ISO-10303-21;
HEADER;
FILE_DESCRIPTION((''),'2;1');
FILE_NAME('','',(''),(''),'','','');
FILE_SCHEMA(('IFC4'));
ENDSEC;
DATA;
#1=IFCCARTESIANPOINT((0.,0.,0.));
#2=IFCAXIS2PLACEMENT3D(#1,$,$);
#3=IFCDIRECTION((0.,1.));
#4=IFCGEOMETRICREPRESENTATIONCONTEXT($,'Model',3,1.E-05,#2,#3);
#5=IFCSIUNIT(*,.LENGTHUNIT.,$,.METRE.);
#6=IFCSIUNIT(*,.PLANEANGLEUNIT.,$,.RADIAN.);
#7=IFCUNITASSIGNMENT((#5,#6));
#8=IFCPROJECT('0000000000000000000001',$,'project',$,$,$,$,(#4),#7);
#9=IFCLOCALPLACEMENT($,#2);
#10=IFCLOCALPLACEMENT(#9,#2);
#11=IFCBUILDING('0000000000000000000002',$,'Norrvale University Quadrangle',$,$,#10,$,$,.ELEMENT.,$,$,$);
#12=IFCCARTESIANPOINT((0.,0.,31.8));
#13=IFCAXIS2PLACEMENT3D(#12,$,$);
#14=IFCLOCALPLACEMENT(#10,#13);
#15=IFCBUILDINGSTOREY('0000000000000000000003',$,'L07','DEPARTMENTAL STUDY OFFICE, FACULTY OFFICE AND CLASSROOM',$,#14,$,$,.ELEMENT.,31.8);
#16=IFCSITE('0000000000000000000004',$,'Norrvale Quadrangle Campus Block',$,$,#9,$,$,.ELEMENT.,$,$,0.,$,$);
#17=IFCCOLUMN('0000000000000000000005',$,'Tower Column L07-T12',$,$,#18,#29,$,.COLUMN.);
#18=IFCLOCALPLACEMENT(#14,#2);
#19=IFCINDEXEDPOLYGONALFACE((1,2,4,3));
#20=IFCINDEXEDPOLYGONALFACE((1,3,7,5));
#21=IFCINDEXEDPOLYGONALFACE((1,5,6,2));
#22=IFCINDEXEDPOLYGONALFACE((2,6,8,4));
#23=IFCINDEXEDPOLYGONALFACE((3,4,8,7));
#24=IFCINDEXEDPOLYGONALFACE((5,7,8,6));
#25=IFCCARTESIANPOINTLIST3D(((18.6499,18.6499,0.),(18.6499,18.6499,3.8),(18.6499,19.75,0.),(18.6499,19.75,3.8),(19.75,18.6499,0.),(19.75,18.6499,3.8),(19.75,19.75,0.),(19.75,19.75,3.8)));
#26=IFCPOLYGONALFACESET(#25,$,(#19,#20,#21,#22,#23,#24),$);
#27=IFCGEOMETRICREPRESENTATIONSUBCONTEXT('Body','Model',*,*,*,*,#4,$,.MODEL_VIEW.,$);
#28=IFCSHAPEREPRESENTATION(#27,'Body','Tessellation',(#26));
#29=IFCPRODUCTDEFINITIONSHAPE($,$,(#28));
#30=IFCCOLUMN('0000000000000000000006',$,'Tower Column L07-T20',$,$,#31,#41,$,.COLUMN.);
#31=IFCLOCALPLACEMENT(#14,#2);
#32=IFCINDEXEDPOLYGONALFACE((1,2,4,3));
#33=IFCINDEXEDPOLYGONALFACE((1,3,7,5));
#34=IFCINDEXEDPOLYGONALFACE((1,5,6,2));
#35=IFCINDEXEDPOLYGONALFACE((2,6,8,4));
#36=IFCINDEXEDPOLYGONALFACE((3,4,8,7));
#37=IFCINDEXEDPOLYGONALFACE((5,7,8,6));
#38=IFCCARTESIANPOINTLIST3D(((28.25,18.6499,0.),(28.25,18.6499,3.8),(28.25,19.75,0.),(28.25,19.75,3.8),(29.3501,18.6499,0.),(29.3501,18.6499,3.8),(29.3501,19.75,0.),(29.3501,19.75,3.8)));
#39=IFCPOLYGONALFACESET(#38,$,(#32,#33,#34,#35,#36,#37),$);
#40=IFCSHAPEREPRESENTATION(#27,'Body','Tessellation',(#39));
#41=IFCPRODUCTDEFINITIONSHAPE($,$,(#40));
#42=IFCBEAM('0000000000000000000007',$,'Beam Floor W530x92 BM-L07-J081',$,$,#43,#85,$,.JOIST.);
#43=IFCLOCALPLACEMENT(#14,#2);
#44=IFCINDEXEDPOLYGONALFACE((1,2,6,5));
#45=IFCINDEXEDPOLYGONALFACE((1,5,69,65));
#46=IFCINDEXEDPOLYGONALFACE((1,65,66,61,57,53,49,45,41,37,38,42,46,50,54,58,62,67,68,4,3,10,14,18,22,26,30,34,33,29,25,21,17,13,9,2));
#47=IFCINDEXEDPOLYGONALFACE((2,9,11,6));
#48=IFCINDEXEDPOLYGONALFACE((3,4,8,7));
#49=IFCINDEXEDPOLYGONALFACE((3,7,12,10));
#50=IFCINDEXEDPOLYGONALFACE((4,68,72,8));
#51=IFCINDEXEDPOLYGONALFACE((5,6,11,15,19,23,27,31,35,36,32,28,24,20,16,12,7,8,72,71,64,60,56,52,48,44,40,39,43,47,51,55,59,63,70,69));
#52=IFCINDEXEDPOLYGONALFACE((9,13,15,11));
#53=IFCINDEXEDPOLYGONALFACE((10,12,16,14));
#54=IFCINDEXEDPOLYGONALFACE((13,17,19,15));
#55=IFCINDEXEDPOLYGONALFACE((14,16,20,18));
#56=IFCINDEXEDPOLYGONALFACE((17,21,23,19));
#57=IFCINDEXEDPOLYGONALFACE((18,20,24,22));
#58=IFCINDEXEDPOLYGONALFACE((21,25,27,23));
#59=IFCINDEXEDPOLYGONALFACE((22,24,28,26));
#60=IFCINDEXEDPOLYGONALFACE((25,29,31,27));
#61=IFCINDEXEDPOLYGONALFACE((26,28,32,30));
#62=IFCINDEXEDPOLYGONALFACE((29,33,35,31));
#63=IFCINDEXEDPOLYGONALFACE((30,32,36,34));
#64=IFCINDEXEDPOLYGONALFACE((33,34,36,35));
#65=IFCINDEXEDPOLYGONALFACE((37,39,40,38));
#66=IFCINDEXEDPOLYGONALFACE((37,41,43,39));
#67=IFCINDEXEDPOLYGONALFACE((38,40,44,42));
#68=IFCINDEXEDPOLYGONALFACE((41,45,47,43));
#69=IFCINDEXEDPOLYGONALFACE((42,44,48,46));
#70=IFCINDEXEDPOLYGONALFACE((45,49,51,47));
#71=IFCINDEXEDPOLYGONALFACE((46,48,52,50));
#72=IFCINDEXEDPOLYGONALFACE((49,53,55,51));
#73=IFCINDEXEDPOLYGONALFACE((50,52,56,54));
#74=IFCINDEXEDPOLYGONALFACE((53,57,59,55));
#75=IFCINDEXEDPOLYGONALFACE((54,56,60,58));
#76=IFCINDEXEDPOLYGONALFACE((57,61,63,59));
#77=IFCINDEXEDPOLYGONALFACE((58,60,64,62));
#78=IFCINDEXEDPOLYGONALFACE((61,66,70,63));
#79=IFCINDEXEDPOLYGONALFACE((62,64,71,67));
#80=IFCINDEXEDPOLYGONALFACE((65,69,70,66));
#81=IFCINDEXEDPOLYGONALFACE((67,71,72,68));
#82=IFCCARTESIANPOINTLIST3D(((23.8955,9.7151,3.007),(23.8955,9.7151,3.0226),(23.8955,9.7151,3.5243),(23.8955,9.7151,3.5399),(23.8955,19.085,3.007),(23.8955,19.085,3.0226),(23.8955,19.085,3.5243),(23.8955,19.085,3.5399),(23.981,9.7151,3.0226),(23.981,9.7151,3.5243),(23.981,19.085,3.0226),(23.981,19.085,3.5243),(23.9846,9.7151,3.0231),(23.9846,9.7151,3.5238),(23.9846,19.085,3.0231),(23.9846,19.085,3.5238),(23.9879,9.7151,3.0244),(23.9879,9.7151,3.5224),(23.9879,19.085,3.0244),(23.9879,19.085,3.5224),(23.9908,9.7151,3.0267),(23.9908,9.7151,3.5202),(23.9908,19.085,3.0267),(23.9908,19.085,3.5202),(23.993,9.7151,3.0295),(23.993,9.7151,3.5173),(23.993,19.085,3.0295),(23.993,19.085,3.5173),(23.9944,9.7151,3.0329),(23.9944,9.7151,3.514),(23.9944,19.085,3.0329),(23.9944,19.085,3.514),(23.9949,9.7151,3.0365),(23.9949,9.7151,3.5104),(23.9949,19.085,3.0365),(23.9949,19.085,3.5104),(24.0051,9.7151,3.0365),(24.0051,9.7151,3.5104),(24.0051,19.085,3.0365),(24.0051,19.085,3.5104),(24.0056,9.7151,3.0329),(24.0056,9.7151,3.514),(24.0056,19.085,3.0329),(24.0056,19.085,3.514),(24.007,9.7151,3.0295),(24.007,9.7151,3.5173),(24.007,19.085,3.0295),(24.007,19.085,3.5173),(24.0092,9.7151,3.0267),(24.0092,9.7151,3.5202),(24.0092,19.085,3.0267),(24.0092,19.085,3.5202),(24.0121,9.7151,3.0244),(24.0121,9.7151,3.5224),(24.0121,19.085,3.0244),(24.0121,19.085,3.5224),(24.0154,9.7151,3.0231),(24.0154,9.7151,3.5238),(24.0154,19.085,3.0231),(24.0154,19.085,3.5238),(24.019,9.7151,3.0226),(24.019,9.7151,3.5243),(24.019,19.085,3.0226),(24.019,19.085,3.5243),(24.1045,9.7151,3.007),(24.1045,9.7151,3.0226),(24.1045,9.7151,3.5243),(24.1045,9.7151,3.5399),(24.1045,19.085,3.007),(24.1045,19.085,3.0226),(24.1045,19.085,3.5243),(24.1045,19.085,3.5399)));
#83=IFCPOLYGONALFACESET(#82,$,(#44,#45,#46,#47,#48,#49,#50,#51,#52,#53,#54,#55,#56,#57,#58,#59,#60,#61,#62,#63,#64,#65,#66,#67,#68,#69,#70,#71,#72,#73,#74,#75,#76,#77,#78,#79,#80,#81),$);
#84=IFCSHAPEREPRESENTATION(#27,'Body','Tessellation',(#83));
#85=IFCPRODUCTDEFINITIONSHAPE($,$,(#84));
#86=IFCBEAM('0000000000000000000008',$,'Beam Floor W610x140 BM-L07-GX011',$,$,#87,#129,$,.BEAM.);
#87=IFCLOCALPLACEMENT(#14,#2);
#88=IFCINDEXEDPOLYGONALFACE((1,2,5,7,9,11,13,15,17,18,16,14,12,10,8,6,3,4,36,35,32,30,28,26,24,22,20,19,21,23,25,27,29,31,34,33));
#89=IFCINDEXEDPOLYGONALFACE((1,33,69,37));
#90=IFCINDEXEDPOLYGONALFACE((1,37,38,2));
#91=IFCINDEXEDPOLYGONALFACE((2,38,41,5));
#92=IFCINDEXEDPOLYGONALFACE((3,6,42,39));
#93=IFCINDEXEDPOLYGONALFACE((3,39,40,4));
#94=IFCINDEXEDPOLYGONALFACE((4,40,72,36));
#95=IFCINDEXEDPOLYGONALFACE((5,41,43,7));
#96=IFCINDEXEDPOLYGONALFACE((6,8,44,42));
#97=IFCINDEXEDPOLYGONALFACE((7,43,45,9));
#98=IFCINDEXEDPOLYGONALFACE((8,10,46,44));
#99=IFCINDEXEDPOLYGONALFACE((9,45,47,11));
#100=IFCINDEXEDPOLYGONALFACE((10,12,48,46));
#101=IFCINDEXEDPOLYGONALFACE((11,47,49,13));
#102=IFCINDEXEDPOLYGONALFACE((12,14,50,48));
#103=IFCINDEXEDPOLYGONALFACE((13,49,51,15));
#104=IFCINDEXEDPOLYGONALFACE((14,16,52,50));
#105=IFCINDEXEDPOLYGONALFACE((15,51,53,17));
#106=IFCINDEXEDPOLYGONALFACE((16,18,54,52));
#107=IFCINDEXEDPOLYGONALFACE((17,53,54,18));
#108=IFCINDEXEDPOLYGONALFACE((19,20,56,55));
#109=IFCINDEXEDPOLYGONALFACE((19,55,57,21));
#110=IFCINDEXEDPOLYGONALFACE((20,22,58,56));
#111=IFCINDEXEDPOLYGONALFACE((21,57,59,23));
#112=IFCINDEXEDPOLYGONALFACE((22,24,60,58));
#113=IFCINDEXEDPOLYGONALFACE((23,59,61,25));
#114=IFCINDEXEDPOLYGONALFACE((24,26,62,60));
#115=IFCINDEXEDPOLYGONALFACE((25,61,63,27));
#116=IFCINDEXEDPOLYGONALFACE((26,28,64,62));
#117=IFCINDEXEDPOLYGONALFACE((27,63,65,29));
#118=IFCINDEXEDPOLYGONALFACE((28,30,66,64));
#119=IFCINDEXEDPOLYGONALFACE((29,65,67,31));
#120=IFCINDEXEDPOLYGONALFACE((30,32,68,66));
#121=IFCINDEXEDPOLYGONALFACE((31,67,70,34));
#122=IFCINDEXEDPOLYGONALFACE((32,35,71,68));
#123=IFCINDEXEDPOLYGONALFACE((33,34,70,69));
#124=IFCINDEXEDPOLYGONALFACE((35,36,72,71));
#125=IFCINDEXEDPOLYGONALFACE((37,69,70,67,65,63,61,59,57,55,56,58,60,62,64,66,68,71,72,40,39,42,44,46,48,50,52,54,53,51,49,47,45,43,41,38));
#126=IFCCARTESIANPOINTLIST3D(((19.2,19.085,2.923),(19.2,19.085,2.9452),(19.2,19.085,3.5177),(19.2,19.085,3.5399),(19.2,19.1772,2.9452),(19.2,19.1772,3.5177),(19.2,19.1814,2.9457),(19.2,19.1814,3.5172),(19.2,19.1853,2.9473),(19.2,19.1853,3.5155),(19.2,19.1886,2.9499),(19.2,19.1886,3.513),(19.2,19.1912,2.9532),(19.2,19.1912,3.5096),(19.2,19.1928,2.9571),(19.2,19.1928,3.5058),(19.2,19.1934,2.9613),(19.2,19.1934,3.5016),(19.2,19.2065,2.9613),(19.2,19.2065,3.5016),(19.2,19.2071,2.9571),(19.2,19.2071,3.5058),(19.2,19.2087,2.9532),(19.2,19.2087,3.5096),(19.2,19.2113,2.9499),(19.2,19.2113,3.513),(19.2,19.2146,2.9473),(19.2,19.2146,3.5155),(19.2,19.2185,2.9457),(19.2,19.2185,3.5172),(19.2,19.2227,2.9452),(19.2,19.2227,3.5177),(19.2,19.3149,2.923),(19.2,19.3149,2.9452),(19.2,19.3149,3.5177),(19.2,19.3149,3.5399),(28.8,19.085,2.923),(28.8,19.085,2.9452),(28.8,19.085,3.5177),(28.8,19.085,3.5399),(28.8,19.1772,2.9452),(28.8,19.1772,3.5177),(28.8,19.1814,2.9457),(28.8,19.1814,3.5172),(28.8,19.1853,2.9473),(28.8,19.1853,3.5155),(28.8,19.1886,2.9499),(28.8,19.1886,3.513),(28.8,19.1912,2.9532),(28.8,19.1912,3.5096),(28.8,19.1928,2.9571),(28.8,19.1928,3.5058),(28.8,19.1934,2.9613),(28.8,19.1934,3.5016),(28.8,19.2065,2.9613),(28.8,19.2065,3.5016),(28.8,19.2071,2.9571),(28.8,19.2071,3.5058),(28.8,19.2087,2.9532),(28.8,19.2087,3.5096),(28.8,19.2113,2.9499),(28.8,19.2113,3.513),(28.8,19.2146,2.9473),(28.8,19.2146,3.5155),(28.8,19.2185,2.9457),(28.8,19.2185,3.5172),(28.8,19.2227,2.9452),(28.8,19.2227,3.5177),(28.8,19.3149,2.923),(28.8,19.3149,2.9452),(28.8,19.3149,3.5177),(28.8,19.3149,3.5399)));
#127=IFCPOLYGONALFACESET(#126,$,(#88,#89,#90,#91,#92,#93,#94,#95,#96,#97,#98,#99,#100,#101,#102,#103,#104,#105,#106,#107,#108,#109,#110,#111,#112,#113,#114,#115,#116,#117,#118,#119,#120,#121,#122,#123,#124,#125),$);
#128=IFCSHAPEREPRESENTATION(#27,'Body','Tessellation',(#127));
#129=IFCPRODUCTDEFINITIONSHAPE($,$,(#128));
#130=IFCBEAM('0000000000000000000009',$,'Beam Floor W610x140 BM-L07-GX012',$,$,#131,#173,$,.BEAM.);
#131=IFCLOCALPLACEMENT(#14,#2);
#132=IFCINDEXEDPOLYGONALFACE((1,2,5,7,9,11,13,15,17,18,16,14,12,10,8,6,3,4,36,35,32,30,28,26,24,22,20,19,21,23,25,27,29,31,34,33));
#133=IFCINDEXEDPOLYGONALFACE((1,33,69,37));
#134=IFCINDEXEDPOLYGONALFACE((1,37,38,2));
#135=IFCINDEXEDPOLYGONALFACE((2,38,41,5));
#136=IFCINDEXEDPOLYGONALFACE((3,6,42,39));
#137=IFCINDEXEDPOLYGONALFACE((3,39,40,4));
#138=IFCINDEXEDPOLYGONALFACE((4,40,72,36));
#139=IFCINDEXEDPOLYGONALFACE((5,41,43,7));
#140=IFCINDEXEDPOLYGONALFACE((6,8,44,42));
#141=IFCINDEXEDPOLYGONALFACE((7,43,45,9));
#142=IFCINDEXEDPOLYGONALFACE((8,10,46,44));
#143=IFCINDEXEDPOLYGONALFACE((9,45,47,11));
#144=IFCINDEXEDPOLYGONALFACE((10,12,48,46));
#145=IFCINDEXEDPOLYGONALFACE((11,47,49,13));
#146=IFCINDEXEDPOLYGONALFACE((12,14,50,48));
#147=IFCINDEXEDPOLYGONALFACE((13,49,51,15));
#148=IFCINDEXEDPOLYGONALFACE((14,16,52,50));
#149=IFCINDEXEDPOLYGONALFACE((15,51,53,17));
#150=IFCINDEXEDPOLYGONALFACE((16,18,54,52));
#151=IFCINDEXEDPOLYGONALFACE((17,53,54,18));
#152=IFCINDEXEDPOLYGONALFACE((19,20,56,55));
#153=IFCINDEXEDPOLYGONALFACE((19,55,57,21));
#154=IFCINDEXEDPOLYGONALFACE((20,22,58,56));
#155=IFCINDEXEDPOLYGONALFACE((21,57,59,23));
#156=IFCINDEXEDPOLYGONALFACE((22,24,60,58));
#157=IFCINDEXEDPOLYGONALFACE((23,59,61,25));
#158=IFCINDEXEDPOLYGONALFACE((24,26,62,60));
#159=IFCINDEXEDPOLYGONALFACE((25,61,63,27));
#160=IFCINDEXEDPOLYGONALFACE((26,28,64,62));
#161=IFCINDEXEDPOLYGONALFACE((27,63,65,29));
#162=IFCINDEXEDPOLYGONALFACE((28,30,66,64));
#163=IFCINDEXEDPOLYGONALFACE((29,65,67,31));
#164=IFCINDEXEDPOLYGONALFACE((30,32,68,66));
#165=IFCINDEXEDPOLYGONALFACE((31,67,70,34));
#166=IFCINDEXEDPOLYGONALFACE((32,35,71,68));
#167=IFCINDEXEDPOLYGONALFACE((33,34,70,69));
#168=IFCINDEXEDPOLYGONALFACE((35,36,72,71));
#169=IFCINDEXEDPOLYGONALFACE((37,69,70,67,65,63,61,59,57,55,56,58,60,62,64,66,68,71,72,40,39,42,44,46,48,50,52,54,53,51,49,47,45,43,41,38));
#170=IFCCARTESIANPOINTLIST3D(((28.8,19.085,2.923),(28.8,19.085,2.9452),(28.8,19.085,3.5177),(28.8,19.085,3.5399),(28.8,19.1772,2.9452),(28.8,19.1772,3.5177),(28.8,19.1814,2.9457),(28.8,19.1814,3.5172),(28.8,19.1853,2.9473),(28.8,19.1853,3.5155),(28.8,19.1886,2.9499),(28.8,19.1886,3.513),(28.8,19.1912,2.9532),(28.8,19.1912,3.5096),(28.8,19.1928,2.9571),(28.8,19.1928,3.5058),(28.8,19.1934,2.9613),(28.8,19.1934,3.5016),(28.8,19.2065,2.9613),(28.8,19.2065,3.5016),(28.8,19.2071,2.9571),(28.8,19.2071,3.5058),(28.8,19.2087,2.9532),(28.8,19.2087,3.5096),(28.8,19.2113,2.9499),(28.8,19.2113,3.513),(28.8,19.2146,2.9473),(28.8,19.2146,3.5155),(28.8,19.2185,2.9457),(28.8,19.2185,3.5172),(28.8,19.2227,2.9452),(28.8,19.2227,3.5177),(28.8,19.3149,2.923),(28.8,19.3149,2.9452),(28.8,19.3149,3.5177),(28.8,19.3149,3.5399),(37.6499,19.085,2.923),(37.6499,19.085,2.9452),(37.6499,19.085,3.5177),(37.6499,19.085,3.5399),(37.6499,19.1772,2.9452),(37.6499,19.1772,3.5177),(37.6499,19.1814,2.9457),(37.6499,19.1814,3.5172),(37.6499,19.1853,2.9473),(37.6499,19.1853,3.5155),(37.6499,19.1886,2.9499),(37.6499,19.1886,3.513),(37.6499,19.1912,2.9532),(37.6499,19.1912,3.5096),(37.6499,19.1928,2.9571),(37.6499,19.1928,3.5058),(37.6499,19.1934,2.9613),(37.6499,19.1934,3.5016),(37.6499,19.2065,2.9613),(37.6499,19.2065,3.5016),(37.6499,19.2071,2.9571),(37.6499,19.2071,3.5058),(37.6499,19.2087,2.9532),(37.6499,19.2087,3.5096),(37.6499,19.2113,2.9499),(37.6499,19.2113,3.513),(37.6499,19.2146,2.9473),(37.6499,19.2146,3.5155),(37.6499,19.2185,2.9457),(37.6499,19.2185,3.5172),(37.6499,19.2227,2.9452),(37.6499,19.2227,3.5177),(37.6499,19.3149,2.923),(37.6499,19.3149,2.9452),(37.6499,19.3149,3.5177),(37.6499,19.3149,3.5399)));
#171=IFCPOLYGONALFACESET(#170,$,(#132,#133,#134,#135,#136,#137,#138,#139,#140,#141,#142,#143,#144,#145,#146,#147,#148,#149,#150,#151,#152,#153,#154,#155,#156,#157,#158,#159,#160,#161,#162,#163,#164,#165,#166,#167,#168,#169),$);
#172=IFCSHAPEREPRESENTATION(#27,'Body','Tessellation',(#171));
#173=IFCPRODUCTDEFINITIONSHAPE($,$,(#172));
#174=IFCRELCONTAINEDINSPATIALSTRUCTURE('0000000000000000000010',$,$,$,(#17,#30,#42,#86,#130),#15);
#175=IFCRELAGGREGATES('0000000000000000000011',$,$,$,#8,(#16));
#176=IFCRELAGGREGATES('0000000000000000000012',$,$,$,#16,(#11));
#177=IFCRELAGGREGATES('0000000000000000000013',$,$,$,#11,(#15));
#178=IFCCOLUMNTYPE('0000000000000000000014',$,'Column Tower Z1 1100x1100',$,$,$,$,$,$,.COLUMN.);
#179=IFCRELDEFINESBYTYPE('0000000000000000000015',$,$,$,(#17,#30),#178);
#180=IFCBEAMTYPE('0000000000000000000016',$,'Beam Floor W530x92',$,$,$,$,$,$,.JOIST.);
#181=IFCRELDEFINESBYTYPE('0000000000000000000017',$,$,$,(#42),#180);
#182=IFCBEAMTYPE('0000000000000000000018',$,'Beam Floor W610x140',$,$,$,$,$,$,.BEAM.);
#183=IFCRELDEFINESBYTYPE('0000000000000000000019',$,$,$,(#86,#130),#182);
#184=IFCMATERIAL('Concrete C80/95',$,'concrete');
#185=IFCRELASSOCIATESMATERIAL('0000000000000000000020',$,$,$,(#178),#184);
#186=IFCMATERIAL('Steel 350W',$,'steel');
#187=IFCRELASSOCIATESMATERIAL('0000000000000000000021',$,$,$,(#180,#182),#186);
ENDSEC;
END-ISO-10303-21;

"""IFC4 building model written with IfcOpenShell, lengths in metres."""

from ifc_helpers import new_model, si_unit, direction, frame, origin, origin_2d, place, context, subcontext, project, spatial, rectangle, i_section, extrude, material, material_profile, profile_set, type_object, element, save


model = new_model("IFC4")

# Units and contexts
model_context = context("Model", 3, precision=1e-05, world=origin(), true_north=direction((0.0, 1.0)))
body_context = subcontext(model_context, "Body", "Model", "MODEL_VIEW")
ifc_project = project(units=[si_unit("LENGTHUNIT", "METRE"), si_unit("PLANEANGLEUNIT", "RADIAN")], contexts=[model_context])

# Site, building, storey
site_placement = place(None, origin())
site = spatial("IfcSite", under=ifc_project, at=site_placement, Name="Norrvale Quadrangle Campus Block", CompositionType="ELEMENT", RefElevation=0.0)
building_placement = place(site_placement, origin())
building = spatial("IfcBuilding", under=site, at=building_placement, Name="Norrvale University Quadrangle", CompositionType="ELEMENT")
storey_placement = place(building_placement, frame((0.0, 0.0, 31.8)))
storey = spatial("IfcBuildingStorey", under=building, at=storey_placement, Name="L07", Description="DEPARTMENTAL STUDY OFFICE, FACULTY OFFICE AND CLASSROOM", CompositionType="ELEMENT", Elevation=31.8)

# Columns
ifc_material_1 = material(Name="Concrete C80/95", Category="concrete")
ifc_material_profile_1 = material_profile(ifc_material_1, rectangle(XDim=1.1001, YDim=1.1001, at=origin_2d()), Name="Concrete C80/95")
ifc_profile_set_1 = profile_set([ifc_material_profile_1], Name="Concrete C80/95")
column_type = type_object("IfcColumnType", Name="Column Tower Z1 1100x1100", PredefinedType="COLUMN", material=ifc_profile_set_1)
for number, where, z_axis, x_axis, name in (
    (1, (19.2, 19.2, 0.0), (0.0, 0.0, 1.0), (1.0, 0.0, 0.0), "Tower Column L07-T12"),
    (2, (28.8, 19.2, 0.0), (0.0, 0.0, 1.0), (1.0, 0.0, 0.0), "Tower Column L07-T20"),
):
    element("IfcColumn", number, at=place(storey_placement, frame(where, z_axis=z_axis, x_axis=x_axis)), inside=storey, type_object=column_type, Name=name, PredefinedType="COLUMN", context=body_context, shape_type="SweptSolid", body=[
        extrude(rectangle(XDim=1.1001, YDim=1.1001, at=origin_2d()), origin(), (0.0, 0.0, 1.0), 3.8),
    ])

# Beams
ifc_material_2 = material(Name="Steel 350W", Category="steel")
ifc_material_profile_2 = material_profile(ifc_material_2, i_section(OverallWidth=0.209, OverallDepth=0.533, WebThickness=0.0103, FlangeThickness=0.0156, FilletRadius=0.0139, at=origin_2d()), Name="Steel 350W")
ifc_profile_set_2 = profile_set([ifc_material_profile_2], Name="Steel 350W")
beam_type_1 = type_object("IfcBeamType", Name="Beam Floor W530x92", PredefinedType="JOIST", material=ifc_profile_set_2)
beam_1_placement = place(storey_placement, frame((24.0, 9.7151, 3.2734), z_axis=(0.0, 1.0, 0.0), x_axis=(-1.0, 0.0, 0.0)))
element("IfcBeam", 3, at=beam_1_placement, inside=storey, type_object=beam_type_1, Name="Beam Floor W530x92 BM-L07-J081", PredefinedType="JOIST", context=body_context, shape_type="SweptSolid", body=[
    extrude(i_section(OverallWidth=0.209, OverallDepth=0.533, WebThickness=0.0103, FlangeThickness=0.0156, FilletRadius=0.0139, at=origin_2d()), origin(), (0.0, 0.0, 1.0), 9.3699),
])
ifc_material_profile_3 = material_profile(ifc_material_2, i_section(OverallWidth=0.23, OverallDepth=0.6169, WebThickness=0.0132, FlangeThickness=0.0222, FilletRadius=0.0161, at=origin_2d()), Name="Steel 350W")
ifc_profile_set_3 = profile_set([ifc_material_profile_3], Name="Steel 350W")
beam_type_2 = type_object("IfcBeamType", Name="Beam Floor W610x140", PredefinedType="BEAM", material=ifc_profile_set_3)
beam_2_placement = place(storey_placement, frame((19.2, 19.2, 3.2314), z_axis=(1.0, 0.0, 0.0), x_axis=(0.0, 1.0, 0.0)))
element("IfcBeam", 4, at=beam_2_placement, inside=storey, type_object=beam_type_2, Name="Beam Floor W610x140 BM-L07-GX011", PredefinedType="BEAM", context=body_context, shape_type="SweptSolid", body=[
    extrude(i_section(OverallWidth=0.23, OverallDepth=0.6169, WebThickness=0.0132, FlangeThickness=0.0222, FilletRadius=0.0161, at=origin_2d()), origin(), (0.0, 0.0, 1.0), 9.6001),
])
beam_3_placement = place(storey_placement, frame((28.8, 19.2, 3.2314), z_axis=(1.0, 0.0, 0.0), x_axis=(0.0, 1.0, 0.0)))
element("IfcBeam", 5, at=beam_3_placement, inside=storey, type_object=beam_type_2, Name="Beam Floor W610x140 BM-L07-GX012", PredefinedType="BEAM", context=body_context, shape_type="SweptSolid", body=[
    extrude(i_section(OverallWidth=0.23, OverallDepth=0.6169, WebThickness=0.0132, FlangeThickness=0.0222, FilletRadius=0.0161, at=origin_2d()), origin(), (0.0, 0.0, 1.0), 8.8499),
])

save(model, "model.ifc")
